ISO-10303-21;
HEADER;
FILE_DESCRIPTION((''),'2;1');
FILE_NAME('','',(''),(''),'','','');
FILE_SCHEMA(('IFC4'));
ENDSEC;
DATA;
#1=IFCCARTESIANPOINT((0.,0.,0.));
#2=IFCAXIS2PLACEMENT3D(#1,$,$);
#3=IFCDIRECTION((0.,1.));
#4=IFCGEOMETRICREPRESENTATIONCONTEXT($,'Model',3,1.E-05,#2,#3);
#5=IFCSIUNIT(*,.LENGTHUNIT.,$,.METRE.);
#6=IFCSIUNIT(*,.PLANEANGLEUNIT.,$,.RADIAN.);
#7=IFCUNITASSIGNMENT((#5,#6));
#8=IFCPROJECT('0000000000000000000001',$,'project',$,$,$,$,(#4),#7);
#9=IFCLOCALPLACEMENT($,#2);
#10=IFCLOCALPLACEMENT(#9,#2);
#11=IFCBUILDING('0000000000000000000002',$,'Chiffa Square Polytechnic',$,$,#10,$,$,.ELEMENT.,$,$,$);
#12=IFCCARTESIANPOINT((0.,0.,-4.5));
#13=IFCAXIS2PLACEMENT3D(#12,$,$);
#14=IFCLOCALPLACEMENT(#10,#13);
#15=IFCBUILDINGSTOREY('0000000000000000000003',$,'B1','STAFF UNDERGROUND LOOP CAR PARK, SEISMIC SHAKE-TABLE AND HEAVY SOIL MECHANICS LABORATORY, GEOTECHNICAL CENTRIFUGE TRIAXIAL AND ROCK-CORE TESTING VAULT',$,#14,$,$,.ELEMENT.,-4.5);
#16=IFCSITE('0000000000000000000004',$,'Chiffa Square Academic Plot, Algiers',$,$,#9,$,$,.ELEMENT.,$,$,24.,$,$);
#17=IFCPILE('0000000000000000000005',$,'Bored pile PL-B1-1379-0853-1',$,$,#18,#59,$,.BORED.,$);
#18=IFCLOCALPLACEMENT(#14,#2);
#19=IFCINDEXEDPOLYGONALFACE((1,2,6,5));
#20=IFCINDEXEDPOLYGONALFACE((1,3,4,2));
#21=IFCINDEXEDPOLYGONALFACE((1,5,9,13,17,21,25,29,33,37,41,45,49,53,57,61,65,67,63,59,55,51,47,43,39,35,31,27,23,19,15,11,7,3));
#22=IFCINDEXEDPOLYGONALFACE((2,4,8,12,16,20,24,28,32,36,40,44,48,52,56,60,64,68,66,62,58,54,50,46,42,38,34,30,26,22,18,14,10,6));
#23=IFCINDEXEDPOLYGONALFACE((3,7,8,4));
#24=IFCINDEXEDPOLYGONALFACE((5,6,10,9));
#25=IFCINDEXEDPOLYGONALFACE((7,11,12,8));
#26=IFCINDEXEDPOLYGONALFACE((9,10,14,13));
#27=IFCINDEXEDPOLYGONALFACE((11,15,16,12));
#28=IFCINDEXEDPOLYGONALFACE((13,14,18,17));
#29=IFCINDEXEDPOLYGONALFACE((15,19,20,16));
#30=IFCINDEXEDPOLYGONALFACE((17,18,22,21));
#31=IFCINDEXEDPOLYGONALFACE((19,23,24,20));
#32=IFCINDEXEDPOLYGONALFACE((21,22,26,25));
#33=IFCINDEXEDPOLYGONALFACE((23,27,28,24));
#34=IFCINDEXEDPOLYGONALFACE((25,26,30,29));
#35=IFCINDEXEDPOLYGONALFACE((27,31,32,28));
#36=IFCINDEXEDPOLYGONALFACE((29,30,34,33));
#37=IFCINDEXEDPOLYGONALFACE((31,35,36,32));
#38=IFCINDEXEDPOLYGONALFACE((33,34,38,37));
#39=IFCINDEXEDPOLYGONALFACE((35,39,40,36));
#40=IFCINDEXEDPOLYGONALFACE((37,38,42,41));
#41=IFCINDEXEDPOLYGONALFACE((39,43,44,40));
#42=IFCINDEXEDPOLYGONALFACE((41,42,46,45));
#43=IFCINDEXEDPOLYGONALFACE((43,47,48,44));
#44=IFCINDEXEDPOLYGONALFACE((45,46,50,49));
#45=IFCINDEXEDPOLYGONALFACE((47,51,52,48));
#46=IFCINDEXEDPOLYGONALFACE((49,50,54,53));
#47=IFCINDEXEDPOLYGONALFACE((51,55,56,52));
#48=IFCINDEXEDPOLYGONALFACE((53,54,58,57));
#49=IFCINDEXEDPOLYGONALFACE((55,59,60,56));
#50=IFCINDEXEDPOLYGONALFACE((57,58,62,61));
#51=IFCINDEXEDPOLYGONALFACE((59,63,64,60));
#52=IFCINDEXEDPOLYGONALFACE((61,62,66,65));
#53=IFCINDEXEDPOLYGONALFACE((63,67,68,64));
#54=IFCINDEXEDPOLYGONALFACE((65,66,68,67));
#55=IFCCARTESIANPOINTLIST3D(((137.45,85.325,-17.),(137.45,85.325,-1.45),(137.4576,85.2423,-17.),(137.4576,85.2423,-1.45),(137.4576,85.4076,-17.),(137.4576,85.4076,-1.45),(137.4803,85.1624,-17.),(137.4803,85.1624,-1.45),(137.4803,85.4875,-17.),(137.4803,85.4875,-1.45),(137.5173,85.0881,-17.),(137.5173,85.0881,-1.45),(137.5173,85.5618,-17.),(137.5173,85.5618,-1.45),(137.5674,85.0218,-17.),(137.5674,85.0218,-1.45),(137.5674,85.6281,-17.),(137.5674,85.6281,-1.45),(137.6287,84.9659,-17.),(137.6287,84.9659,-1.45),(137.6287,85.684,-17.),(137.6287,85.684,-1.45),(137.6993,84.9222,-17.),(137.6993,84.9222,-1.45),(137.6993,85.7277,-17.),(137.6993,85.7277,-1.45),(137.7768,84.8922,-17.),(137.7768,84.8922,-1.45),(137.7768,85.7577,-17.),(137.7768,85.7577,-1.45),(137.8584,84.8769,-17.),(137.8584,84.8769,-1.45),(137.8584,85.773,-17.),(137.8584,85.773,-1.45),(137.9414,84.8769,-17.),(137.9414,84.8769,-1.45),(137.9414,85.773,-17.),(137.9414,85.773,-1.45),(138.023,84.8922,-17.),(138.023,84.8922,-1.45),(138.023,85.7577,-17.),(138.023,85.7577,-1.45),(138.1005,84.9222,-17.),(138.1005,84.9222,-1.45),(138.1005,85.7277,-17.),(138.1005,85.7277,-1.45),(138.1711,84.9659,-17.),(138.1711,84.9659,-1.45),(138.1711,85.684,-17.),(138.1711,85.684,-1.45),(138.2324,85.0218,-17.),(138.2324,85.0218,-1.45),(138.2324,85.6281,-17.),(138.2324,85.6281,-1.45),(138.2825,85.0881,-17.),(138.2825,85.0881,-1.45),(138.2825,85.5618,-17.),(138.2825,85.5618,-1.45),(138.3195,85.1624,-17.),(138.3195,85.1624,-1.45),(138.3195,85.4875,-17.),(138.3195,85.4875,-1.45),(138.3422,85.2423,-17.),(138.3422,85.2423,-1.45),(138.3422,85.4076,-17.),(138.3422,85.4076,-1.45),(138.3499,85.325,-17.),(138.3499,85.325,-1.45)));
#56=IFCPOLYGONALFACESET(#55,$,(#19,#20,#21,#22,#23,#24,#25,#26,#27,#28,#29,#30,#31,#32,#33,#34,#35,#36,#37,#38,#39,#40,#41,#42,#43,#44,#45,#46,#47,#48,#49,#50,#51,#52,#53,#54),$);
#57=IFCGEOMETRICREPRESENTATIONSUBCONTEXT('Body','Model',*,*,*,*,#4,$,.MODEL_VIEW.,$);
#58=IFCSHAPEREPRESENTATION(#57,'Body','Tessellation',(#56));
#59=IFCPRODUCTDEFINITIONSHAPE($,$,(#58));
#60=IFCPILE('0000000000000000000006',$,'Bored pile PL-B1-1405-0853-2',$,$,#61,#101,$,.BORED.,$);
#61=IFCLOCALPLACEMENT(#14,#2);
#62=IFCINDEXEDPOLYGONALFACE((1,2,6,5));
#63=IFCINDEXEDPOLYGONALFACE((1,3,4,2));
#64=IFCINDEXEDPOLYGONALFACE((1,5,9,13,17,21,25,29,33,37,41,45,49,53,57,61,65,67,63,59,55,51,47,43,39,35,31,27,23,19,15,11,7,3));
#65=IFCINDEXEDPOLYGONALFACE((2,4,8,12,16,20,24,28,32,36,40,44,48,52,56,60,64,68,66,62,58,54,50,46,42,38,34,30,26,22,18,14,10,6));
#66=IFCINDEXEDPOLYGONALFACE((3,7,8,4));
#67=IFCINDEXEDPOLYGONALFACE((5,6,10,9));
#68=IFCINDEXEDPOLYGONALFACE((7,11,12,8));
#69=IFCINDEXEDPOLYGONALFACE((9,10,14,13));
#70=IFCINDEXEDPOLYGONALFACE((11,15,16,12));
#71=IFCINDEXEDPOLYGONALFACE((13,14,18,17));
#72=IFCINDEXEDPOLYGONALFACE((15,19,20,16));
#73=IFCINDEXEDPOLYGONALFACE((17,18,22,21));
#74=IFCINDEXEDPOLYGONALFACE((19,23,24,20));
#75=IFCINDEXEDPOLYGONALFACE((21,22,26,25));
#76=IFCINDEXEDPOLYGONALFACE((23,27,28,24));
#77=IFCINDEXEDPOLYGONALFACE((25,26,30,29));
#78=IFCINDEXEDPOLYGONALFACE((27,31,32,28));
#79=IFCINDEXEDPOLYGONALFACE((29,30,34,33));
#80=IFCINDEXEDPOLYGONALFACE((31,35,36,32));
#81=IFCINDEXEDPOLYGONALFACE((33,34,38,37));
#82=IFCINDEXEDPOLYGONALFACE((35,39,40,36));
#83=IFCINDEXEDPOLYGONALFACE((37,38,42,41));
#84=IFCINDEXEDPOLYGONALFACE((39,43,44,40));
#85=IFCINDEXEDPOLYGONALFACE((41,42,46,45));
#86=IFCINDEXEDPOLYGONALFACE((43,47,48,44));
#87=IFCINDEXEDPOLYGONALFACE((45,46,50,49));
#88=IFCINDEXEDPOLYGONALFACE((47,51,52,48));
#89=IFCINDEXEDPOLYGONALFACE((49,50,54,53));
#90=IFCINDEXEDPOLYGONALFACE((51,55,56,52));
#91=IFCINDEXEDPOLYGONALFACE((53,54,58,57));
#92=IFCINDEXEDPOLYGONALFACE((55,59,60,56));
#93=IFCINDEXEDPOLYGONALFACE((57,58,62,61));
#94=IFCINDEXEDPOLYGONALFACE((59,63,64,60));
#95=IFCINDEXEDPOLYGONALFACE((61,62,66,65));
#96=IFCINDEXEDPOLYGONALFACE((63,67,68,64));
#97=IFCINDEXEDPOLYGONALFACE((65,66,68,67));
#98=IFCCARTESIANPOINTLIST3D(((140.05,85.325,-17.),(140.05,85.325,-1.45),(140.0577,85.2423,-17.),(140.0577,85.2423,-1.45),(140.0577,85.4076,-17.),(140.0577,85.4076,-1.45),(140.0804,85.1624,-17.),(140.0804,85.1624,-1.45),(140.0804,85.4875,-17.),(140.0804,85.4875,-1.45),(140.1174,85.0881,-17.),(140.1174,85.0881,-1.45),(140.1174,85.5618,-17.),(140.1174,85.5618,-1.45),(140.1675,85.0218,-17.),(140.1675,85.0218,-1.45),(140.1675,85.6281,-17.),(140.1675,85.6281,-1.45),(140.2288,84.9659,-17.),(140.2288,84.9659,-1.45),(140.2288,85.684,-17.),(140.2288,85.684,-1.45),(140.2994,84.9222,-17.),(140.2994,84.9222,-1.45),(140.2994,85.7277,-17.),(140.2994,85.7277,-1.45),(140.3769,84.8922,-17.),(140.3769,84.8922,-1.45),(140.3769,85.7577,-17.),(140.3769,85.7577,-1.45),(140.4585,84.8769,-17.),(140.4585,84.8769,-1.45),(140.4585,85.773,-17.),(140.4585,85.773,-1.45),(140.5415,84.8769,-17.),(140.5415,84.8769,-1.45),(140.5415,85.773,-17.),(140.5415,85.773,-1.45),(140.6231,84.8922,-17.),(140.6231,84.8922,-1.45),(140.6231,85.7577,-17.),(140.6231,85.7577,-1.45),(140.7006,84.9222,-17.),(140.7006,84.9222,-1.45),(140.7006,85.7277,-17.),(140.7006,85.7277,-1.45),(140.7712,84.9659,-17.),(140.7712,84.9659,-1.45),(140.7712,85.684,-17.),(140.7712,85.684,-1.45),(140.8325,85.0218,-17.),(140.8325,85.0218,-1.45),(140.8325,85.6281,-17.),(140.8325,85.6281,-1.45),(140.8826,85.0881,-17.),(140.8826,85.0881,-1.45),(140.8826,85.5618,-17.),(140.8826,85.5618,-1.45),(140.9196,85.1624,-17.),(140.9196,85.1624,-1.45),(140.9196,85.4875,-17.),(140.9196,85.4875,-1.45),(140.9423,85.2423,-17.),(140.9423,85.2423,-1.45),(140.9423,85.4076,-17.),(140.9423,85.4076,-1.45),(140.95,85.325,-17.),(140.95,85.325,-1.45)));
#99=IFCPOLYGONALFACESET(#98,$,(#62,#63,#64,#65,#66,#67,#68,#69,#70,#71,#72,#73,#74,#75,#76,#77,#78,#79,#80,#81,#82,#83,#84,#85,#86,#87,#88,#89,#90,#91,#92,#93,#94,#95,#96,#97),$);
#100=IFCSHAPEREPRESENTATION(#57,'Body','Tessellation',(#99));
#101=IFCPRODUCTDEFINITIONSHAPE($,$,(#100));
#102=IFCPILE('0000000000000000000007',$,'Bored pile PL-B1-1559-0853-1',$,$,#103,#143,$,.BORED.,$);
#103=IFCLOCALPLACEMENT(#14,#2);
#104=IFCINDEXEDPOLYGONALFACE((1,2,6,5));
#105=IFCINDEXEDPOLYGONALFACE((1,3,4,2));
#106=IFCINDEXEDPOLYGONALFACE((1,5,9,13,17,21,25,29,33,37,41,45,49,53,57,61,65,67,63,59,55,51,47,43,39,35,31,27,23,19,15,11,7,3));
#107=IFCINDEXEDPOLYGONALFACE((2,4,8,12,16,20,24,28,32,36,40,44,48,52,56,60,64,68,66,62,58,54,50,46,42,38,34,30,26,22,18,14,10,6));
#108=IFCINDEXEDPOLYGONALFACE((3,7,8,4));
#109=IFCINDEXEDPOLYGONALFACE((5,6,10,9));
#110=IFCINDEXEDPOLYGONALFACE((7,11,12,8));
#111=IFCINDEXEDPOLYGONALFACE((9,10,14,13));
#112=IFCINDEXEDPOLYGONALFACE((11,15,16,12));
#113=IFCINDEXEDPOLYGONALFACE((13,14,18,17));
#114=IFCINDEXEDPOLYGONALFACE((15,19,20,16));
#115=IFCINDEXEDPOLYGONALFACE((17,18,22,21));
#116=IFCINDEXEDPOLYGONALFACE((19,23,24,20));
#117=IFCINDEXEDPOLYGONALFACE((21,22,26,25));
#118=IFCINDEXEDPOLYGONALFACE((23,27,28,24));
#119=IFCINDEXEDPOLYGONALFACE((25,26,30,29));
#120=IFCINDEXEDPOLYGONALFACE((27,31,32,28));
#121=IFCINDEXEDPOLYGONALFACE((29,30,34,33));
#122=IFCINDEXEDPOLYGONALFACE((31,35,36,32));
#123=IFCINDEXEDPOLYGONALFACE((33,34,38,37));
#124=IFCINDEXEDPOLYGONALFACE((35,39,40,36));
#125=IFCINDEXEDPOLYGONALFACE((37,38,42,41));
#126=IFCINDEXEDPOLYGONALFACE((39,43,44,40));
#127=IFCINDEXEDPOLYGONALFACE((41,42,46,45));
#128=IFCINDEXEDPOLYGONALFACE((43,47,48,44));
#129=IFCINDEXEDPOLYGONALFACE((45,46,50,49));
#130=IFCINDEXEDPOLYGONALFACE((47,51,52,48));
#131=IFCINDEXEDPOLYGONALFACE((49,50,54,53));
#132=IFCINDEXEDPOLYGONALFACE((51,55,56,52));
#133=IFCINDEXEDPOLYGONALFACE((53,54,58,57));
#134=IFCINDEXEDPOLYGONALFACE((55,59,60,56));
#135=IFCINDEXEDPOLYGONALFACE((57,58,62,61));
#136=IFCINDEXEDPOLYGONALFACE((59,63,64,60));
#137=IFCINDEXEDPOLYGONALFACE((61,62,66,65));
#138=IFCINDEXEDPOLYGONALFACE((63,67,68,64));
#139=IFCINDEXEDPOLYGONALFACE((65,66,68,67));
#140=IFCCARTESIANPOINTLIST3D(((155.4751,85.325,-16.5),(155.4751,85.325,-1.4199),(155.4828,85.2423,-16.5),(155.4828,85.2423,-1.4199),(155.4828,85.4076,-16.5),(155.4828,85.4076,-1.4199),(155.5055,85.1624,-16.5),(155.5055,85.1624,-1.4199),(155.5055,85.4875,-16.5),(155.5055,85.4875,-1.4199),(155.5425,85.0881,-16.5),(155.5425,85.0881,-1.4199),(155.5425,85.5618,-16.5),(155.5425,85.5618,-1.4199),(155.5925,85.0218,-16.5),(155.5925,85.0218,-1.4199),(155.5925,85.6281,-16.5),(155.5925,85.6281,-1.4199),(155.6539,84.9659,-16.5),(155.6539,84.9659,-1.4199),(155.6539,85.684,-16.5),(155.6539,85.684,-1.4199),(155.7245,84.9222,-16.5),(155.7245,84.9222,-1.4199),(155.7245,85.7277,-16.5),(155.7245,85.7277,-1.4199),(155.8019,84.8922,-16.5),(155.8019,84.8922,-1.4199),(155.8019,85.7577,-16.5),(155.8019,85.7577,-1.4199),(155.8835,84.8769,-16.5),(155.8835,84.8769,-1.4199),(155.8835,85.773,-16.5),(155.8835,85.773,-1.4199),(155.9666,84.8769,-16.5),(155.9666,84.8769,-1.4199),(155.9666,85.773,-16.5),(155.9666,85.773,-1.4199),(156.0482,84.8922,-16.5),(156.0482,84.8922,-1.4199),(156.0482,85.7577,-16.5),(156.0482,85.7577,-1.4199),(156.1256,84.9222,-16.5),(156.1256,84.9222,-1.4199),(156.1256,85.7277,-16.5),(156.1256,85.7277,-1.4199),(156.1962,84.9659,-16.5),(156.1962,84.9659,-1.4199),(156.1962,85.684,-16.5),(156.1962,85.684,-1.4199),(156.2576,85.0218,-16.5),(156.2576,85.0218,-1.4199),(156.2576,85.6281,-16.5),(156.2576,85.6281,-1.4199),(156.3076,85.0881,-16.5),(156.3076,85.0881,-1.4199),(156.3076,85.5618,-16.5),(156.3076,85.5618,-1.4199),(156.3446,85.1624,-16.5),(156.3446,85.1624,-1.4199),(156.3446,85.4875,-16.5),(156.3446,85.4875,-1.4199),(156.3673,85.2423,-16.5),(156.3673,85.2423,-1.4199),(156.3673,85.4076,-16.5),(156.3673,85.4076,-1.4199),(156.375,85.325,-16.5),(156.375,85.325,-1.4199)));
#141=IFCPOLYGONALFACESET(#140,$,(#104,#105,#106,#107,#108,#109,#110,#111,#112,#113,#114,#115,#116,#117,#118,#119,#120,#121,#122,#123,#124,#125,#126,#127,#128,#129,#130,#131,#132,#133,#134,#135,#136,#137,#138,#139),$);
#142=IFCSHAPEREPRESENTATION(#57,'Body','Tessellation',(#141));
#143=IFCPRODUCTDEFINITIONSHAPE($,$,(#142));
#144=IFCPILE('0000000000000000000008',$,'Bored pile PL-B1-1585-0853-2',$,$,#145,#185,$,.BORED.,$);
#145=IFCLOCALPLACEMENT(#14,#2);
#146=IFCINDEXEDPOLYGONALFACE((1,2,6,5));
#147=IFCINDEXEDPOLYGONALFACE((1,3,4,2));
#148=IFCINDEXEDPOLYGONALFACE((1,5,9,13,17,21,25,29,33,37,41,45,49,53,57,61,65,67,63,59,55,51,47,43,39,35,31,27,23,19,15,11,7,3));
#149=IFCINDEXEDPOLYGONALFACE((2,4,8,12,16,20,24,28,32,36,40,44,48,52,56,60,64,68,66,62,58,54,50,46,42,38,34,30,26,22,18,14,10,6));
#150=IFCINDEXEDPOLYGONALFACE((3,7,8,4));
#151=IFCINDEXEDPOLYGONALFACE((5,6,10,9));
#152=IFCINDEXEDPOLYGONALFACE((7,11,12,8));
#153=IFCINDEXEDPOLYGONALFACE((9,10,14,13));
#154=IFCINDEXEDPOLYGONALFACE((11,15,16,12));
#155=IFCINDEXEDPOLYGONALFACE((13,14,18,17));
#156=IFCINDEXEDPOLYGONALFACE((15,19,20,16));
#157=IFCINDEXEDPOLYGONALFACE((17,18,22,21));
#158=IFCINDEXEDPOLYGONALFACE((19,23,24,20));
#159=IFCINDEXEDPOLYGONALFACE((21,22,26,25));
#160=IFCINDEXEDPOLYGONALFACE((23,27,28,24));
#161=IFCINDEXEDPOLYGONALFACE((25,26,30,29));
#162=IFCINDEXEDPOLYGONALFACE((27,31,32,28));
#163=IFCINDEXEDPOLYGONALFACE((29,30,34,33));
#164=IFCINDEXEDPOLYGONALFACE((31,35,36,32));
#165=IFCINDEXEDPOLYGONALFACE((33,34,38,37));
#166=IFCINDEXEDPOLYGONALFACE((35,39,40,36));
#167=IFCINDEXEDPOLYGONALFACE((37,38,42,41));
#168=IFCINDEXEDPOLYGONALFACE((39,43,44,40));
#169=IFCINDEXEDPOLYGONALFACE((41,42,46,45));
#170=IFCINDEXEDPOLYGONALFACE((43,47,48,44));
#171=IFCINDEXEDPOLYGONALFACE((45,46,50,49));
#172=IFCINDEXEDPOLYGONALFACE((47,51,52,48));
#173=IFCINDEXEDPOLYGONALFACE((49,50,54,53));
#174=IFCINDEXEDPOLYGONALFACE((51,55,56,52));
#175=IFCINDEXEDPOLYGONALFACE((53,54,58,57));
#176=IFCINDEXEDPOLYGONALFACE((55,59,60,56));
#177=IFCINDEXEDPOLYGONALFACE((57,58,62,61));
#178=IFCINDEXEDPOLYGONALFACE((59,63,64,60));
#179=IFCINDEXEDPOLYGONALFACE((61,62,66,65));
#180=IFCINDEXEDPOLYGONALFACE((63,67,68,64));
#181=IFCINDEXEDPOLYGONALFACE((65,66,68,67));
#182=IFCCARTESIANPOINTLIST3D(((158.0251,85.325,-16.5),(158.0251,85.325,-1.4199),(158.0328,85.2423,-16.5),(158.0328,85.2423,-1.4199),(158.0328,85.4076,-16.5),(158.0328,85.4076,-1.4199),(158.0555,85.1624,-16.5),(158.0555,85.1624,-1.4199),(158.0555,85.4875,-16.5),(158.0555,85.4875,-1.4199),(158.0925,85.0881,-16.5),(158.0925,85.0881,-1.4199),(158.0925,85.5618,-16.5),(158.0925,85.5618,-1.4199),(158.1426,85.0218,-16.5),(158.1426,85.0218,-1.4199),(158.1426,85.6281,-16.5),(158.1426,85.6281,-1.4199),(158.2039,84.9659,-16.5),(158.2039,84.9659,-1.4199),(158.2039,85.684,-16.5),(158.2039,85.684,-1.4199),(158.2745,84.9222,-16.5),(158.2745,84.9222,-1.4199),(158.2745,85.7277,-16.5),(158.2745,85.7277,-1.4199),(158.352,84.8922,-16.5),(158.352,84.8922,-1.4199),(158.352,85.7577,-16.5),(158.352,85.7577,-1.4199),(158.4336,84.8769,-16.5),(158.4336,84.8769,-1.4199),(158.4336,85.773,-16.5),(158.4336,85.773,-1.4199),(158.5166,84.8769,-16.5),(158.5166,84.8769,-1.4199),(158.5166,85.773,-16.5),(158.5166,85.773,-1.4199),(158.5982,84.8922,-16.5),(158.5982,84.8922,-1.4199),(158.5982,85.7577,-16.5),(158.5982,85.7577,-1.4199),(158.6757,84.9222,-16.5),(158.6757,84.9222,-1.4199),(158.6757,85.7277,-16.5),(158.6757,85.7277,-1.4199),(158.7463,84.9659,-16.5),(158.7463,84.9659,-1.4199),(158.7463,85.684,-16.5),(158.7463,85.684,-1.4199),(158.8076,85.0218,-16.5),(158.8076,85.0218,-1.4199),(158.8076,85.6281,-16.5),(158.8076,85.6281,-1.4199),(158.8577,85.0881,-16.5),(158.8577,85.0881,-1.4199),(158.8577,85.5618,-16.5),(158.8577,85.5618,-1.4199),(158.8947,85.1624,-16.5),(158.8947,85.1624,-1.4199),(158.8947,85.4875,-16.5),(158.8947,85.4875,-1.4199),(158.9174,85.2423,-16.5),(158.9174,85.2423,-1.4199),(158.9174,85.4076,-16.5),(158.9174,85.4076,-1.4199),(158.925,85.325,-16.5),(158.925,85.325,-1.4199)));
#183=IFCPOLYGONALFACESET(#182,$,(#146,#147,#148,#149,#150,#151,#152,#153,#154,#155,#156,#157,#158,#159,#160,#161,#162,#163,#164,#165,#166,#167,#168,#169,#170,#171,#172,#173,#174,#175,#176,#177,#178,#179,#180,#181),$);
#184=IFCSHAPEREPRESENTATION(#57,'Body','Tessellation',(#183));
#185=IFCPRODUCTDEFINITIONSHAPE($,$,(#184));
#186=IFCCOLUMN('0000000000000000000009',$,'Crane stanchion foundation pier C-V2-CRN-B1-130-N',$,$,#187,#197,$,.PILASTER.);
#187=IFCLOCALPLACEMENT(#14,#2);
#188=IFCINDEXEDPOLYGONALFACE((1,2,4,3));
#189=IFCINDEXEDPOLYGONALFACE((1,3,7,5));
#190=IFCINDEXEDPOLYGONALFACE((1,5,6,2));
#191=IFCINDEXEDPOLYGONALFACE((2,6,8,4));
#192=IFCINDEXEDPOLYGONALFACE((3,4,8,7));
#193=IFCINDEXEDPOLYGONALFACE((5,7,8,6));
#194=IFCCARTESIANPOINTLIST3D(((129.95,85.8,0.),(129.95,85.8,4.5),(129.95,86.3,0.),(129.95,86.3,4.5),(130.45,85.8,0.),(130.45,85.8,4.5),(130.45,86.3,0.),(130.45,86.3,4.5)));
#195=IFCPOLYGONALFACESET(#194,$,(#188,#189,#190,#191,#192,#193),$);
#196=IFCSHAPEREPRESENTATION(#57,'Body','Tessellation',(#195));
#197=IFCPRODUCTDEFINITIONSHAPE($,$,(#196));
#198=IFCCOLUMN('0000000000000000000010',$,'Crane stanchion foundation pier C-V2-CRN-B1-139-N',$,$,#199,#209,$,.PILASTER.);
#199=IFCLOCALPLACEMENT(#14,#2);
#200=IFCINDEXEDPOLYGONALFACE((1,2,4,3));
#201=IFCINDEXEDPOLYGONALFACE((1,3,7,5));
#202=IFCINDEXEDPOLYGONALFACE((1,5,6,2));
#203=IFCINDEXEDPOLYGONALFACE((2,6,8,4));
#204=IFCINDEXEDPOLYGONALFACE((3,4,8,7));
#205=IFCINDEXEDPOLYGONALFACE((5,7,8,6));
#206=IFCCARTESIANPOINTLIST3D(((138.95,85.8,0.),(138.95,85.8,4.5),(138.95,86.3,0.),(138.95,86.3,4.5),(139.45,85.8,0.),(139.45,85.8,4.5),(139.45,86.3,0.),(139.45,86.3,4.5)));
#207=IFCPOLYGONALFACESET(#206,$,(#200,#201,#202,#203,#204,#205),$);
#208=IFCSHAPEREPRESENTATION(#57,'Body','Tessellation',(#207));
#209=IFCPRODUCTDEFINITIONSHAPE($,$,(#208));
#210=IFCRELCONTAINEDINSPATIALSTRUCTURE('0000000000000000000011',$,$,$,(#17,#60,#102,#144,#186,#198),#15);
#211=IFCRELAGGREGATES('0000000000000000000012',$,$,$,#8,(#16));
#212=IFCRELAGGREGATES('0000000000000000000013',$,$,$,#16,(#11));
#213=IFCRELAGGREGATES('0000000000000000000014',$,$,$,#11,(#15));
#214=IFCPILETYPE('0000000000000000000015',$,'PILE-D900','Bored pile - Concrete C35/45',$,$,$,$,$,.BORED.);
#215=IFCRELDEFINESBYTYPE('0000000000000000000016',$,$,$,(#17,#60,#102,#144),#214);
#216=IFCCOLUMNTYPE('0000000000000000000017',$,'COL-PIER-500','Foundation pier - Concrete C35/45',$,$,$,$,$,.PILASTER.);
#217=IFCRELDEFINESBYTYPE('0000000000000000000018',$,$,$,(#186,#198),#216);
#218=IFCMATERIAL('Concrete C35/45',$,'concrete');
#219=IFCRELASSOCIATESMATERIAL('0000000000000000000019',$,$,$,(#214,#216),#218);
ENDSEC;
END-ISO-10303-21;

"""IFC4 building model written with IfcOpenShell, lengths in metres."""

from ifc_helpers import new_model, si_unit, direction, frame, origin, origin_2d, place, context, subcontext, project, spatial, rectangle, circle, extrude, material, material_profile, profile_set, type_object, element, save


model = new_model("IFC4")

# Units and contexts
model_context = context("Model", 3, precision=1e-05, world=origin(), true_north=direction((0.0, 1.0)))
body_context = subcontext(model_context, "Body", "Model", "MODEL_VIEW")
ifc_project = project(units=[si_unit("LENGTHUNIT", "METRE"), si_unit("PLANEANGLEUNIT", "RADIAN")], contexts=[model_context])

# Site, building, storey
site_placement = place(None, origin())
site = spatial("IfcSite", under=ifc_project, at=site_placement, Name="Chiffa Square Academic Plot, Algiers", CompositionType="ELEMENT", RefElevation=24.0)
building_placement = place(site_placement, origin())
building = spatial("IfcBuilding", under=site, at=building_placement, Name="Chiffa Square Polytechnic", CompositionType="ELEMENT")
storey_placement = place(building_placement, frame((0.0, 0.0, -4.5)))
storey = spatial("IfcBuildingStorey", under=building, at=storey_placement, Name="B1", Description="STAFF UNDERGROUND LOOP CAR PARK, SEISMIC SHAKE-TABLE AND HEAVY SOIL MECHANICS LABORATORY, GEOTECHNICAL CENTRIFUGE TRIAXIAL AND ROCK-CORE TESTING VAULT", CompositionType="ELEMENT", Elevation=-4.5)

# Shared definitions
ifc_material = material(Name="Concrete C35/45", Category="concrete")

# Piles
ifc_material_profile_1 = material_profile(ifc_material, circle(Radius=0.45, at=origin_2d()), Name="PILE D900")
ifc_profile_set_1 = profile_set([ifc_material_profile_1], Name="Concrete C35/45")
pile_type_1 = type_object("IfcPileType", Name="PILE-D900", Description="Bored pile - Concrete C35/45", PredefinedType="BORED", material=ifc_profile_set_1)
for number, where, z_axis, x_axis, name in (
    (1, (137.8999, 85.325, -1.45), (0.0, 0.0, -1.0), (1.0, 0.0, 0.0), "Bored pile PL-B1-1379-0853-1"),
    (2, (140.5, 85.325, -1.45), (0.0, 0.0, -1.0), (1.0, 0.0, 0.0), "Bored pile PL-B1-1405-0853-2"),
):
    element("IfcPile", number, at=place(storey_placement, frame(where, z_axis=z_axis, x_axis=x_axis)), inside=storey, type_object=pile_type_1, Name=name, PredefinedType="BORED", context=body_context, shape_type="SweptSolid", body=[
        extrude(circle(Radius=0.45, at=origin_2d()), origin(), (0.0, 0.0, 1.0), 15.55),
    ])
for number, where, z_axis, x_axis, name in (
    (3, (155.925, 85.325, -1.4199), (0.0, 0.0, -1.0), (1.0, 0.0, 0.0), "Bored pile PL-B1-1559-0853-1"),
    (4, (158.4751, 85.325, -1.4199), (0.0, 0.0, -1.0), (1.0, 0.0, 0.0), "Bored pile PL-B1-1585-0853-2"),
):
    element("IfcPile", number, at=place(storey_placement, frame(where, z_axis=z_axis, x_axis=x_axis)), inside=storey, type_object=pile_type_1, Name=name, PredefinedType="BORED", context=body_context, shape_type="SweptSolid", body=[
        extrude(circle(Radius=0.45, at=origin_2d()), origin(), (0.0, 0.0, 1.0), 15.0801),
    ])

# Columns
ifc_material_profile_2 = material_profile(ifc_material, rectangle(XDim=0.5, YDim=0.5, at=origin_2d()), Name="RC 500x500")
ifc_profile_set_2 = profile_set([ifc_material_profile_2], Name="Concrete C35/45")
column_type_1 = type_object("IfcColumnType", Name="COL-PIER-500", Description="Foundation pier - Concrete C35/45", PredefinedType="PILASTER", material=ifc_profile_set_2)
for number, where, z_axis, x_axis, name in (
    (5, (130.2, 86.05, 0.0), (0.0, 0.0, 1.0), (1.0, 0.0, 0.0), "Crane stanchion foundation pier C-V2-CRN-B1-130-N"),
    (6, (139.2, 86.05, 0.0), (0.0, 0.0, 1.0), (1.0, 0.0, 0.0), "Crane stanchion foundation pier C-V2-CRN-B1-139-N"),
):
    element("IfcColumn", number, at=place(storey_placement, frame(where, z_axis=z_axis, x_axis=x_axis)), inside=storey, type_object=column_type_1, Name=name, PredefinedType="PILASTER", context=body_context, shape_type="SweptSolid", body=[
        extrude(rectangle(XDim=0.5, YDim=0.5, at=origin_2d()), origin(), (0.0, 0.0, 1.0), 4.5),
    ])

save(model, "model.ifc")
